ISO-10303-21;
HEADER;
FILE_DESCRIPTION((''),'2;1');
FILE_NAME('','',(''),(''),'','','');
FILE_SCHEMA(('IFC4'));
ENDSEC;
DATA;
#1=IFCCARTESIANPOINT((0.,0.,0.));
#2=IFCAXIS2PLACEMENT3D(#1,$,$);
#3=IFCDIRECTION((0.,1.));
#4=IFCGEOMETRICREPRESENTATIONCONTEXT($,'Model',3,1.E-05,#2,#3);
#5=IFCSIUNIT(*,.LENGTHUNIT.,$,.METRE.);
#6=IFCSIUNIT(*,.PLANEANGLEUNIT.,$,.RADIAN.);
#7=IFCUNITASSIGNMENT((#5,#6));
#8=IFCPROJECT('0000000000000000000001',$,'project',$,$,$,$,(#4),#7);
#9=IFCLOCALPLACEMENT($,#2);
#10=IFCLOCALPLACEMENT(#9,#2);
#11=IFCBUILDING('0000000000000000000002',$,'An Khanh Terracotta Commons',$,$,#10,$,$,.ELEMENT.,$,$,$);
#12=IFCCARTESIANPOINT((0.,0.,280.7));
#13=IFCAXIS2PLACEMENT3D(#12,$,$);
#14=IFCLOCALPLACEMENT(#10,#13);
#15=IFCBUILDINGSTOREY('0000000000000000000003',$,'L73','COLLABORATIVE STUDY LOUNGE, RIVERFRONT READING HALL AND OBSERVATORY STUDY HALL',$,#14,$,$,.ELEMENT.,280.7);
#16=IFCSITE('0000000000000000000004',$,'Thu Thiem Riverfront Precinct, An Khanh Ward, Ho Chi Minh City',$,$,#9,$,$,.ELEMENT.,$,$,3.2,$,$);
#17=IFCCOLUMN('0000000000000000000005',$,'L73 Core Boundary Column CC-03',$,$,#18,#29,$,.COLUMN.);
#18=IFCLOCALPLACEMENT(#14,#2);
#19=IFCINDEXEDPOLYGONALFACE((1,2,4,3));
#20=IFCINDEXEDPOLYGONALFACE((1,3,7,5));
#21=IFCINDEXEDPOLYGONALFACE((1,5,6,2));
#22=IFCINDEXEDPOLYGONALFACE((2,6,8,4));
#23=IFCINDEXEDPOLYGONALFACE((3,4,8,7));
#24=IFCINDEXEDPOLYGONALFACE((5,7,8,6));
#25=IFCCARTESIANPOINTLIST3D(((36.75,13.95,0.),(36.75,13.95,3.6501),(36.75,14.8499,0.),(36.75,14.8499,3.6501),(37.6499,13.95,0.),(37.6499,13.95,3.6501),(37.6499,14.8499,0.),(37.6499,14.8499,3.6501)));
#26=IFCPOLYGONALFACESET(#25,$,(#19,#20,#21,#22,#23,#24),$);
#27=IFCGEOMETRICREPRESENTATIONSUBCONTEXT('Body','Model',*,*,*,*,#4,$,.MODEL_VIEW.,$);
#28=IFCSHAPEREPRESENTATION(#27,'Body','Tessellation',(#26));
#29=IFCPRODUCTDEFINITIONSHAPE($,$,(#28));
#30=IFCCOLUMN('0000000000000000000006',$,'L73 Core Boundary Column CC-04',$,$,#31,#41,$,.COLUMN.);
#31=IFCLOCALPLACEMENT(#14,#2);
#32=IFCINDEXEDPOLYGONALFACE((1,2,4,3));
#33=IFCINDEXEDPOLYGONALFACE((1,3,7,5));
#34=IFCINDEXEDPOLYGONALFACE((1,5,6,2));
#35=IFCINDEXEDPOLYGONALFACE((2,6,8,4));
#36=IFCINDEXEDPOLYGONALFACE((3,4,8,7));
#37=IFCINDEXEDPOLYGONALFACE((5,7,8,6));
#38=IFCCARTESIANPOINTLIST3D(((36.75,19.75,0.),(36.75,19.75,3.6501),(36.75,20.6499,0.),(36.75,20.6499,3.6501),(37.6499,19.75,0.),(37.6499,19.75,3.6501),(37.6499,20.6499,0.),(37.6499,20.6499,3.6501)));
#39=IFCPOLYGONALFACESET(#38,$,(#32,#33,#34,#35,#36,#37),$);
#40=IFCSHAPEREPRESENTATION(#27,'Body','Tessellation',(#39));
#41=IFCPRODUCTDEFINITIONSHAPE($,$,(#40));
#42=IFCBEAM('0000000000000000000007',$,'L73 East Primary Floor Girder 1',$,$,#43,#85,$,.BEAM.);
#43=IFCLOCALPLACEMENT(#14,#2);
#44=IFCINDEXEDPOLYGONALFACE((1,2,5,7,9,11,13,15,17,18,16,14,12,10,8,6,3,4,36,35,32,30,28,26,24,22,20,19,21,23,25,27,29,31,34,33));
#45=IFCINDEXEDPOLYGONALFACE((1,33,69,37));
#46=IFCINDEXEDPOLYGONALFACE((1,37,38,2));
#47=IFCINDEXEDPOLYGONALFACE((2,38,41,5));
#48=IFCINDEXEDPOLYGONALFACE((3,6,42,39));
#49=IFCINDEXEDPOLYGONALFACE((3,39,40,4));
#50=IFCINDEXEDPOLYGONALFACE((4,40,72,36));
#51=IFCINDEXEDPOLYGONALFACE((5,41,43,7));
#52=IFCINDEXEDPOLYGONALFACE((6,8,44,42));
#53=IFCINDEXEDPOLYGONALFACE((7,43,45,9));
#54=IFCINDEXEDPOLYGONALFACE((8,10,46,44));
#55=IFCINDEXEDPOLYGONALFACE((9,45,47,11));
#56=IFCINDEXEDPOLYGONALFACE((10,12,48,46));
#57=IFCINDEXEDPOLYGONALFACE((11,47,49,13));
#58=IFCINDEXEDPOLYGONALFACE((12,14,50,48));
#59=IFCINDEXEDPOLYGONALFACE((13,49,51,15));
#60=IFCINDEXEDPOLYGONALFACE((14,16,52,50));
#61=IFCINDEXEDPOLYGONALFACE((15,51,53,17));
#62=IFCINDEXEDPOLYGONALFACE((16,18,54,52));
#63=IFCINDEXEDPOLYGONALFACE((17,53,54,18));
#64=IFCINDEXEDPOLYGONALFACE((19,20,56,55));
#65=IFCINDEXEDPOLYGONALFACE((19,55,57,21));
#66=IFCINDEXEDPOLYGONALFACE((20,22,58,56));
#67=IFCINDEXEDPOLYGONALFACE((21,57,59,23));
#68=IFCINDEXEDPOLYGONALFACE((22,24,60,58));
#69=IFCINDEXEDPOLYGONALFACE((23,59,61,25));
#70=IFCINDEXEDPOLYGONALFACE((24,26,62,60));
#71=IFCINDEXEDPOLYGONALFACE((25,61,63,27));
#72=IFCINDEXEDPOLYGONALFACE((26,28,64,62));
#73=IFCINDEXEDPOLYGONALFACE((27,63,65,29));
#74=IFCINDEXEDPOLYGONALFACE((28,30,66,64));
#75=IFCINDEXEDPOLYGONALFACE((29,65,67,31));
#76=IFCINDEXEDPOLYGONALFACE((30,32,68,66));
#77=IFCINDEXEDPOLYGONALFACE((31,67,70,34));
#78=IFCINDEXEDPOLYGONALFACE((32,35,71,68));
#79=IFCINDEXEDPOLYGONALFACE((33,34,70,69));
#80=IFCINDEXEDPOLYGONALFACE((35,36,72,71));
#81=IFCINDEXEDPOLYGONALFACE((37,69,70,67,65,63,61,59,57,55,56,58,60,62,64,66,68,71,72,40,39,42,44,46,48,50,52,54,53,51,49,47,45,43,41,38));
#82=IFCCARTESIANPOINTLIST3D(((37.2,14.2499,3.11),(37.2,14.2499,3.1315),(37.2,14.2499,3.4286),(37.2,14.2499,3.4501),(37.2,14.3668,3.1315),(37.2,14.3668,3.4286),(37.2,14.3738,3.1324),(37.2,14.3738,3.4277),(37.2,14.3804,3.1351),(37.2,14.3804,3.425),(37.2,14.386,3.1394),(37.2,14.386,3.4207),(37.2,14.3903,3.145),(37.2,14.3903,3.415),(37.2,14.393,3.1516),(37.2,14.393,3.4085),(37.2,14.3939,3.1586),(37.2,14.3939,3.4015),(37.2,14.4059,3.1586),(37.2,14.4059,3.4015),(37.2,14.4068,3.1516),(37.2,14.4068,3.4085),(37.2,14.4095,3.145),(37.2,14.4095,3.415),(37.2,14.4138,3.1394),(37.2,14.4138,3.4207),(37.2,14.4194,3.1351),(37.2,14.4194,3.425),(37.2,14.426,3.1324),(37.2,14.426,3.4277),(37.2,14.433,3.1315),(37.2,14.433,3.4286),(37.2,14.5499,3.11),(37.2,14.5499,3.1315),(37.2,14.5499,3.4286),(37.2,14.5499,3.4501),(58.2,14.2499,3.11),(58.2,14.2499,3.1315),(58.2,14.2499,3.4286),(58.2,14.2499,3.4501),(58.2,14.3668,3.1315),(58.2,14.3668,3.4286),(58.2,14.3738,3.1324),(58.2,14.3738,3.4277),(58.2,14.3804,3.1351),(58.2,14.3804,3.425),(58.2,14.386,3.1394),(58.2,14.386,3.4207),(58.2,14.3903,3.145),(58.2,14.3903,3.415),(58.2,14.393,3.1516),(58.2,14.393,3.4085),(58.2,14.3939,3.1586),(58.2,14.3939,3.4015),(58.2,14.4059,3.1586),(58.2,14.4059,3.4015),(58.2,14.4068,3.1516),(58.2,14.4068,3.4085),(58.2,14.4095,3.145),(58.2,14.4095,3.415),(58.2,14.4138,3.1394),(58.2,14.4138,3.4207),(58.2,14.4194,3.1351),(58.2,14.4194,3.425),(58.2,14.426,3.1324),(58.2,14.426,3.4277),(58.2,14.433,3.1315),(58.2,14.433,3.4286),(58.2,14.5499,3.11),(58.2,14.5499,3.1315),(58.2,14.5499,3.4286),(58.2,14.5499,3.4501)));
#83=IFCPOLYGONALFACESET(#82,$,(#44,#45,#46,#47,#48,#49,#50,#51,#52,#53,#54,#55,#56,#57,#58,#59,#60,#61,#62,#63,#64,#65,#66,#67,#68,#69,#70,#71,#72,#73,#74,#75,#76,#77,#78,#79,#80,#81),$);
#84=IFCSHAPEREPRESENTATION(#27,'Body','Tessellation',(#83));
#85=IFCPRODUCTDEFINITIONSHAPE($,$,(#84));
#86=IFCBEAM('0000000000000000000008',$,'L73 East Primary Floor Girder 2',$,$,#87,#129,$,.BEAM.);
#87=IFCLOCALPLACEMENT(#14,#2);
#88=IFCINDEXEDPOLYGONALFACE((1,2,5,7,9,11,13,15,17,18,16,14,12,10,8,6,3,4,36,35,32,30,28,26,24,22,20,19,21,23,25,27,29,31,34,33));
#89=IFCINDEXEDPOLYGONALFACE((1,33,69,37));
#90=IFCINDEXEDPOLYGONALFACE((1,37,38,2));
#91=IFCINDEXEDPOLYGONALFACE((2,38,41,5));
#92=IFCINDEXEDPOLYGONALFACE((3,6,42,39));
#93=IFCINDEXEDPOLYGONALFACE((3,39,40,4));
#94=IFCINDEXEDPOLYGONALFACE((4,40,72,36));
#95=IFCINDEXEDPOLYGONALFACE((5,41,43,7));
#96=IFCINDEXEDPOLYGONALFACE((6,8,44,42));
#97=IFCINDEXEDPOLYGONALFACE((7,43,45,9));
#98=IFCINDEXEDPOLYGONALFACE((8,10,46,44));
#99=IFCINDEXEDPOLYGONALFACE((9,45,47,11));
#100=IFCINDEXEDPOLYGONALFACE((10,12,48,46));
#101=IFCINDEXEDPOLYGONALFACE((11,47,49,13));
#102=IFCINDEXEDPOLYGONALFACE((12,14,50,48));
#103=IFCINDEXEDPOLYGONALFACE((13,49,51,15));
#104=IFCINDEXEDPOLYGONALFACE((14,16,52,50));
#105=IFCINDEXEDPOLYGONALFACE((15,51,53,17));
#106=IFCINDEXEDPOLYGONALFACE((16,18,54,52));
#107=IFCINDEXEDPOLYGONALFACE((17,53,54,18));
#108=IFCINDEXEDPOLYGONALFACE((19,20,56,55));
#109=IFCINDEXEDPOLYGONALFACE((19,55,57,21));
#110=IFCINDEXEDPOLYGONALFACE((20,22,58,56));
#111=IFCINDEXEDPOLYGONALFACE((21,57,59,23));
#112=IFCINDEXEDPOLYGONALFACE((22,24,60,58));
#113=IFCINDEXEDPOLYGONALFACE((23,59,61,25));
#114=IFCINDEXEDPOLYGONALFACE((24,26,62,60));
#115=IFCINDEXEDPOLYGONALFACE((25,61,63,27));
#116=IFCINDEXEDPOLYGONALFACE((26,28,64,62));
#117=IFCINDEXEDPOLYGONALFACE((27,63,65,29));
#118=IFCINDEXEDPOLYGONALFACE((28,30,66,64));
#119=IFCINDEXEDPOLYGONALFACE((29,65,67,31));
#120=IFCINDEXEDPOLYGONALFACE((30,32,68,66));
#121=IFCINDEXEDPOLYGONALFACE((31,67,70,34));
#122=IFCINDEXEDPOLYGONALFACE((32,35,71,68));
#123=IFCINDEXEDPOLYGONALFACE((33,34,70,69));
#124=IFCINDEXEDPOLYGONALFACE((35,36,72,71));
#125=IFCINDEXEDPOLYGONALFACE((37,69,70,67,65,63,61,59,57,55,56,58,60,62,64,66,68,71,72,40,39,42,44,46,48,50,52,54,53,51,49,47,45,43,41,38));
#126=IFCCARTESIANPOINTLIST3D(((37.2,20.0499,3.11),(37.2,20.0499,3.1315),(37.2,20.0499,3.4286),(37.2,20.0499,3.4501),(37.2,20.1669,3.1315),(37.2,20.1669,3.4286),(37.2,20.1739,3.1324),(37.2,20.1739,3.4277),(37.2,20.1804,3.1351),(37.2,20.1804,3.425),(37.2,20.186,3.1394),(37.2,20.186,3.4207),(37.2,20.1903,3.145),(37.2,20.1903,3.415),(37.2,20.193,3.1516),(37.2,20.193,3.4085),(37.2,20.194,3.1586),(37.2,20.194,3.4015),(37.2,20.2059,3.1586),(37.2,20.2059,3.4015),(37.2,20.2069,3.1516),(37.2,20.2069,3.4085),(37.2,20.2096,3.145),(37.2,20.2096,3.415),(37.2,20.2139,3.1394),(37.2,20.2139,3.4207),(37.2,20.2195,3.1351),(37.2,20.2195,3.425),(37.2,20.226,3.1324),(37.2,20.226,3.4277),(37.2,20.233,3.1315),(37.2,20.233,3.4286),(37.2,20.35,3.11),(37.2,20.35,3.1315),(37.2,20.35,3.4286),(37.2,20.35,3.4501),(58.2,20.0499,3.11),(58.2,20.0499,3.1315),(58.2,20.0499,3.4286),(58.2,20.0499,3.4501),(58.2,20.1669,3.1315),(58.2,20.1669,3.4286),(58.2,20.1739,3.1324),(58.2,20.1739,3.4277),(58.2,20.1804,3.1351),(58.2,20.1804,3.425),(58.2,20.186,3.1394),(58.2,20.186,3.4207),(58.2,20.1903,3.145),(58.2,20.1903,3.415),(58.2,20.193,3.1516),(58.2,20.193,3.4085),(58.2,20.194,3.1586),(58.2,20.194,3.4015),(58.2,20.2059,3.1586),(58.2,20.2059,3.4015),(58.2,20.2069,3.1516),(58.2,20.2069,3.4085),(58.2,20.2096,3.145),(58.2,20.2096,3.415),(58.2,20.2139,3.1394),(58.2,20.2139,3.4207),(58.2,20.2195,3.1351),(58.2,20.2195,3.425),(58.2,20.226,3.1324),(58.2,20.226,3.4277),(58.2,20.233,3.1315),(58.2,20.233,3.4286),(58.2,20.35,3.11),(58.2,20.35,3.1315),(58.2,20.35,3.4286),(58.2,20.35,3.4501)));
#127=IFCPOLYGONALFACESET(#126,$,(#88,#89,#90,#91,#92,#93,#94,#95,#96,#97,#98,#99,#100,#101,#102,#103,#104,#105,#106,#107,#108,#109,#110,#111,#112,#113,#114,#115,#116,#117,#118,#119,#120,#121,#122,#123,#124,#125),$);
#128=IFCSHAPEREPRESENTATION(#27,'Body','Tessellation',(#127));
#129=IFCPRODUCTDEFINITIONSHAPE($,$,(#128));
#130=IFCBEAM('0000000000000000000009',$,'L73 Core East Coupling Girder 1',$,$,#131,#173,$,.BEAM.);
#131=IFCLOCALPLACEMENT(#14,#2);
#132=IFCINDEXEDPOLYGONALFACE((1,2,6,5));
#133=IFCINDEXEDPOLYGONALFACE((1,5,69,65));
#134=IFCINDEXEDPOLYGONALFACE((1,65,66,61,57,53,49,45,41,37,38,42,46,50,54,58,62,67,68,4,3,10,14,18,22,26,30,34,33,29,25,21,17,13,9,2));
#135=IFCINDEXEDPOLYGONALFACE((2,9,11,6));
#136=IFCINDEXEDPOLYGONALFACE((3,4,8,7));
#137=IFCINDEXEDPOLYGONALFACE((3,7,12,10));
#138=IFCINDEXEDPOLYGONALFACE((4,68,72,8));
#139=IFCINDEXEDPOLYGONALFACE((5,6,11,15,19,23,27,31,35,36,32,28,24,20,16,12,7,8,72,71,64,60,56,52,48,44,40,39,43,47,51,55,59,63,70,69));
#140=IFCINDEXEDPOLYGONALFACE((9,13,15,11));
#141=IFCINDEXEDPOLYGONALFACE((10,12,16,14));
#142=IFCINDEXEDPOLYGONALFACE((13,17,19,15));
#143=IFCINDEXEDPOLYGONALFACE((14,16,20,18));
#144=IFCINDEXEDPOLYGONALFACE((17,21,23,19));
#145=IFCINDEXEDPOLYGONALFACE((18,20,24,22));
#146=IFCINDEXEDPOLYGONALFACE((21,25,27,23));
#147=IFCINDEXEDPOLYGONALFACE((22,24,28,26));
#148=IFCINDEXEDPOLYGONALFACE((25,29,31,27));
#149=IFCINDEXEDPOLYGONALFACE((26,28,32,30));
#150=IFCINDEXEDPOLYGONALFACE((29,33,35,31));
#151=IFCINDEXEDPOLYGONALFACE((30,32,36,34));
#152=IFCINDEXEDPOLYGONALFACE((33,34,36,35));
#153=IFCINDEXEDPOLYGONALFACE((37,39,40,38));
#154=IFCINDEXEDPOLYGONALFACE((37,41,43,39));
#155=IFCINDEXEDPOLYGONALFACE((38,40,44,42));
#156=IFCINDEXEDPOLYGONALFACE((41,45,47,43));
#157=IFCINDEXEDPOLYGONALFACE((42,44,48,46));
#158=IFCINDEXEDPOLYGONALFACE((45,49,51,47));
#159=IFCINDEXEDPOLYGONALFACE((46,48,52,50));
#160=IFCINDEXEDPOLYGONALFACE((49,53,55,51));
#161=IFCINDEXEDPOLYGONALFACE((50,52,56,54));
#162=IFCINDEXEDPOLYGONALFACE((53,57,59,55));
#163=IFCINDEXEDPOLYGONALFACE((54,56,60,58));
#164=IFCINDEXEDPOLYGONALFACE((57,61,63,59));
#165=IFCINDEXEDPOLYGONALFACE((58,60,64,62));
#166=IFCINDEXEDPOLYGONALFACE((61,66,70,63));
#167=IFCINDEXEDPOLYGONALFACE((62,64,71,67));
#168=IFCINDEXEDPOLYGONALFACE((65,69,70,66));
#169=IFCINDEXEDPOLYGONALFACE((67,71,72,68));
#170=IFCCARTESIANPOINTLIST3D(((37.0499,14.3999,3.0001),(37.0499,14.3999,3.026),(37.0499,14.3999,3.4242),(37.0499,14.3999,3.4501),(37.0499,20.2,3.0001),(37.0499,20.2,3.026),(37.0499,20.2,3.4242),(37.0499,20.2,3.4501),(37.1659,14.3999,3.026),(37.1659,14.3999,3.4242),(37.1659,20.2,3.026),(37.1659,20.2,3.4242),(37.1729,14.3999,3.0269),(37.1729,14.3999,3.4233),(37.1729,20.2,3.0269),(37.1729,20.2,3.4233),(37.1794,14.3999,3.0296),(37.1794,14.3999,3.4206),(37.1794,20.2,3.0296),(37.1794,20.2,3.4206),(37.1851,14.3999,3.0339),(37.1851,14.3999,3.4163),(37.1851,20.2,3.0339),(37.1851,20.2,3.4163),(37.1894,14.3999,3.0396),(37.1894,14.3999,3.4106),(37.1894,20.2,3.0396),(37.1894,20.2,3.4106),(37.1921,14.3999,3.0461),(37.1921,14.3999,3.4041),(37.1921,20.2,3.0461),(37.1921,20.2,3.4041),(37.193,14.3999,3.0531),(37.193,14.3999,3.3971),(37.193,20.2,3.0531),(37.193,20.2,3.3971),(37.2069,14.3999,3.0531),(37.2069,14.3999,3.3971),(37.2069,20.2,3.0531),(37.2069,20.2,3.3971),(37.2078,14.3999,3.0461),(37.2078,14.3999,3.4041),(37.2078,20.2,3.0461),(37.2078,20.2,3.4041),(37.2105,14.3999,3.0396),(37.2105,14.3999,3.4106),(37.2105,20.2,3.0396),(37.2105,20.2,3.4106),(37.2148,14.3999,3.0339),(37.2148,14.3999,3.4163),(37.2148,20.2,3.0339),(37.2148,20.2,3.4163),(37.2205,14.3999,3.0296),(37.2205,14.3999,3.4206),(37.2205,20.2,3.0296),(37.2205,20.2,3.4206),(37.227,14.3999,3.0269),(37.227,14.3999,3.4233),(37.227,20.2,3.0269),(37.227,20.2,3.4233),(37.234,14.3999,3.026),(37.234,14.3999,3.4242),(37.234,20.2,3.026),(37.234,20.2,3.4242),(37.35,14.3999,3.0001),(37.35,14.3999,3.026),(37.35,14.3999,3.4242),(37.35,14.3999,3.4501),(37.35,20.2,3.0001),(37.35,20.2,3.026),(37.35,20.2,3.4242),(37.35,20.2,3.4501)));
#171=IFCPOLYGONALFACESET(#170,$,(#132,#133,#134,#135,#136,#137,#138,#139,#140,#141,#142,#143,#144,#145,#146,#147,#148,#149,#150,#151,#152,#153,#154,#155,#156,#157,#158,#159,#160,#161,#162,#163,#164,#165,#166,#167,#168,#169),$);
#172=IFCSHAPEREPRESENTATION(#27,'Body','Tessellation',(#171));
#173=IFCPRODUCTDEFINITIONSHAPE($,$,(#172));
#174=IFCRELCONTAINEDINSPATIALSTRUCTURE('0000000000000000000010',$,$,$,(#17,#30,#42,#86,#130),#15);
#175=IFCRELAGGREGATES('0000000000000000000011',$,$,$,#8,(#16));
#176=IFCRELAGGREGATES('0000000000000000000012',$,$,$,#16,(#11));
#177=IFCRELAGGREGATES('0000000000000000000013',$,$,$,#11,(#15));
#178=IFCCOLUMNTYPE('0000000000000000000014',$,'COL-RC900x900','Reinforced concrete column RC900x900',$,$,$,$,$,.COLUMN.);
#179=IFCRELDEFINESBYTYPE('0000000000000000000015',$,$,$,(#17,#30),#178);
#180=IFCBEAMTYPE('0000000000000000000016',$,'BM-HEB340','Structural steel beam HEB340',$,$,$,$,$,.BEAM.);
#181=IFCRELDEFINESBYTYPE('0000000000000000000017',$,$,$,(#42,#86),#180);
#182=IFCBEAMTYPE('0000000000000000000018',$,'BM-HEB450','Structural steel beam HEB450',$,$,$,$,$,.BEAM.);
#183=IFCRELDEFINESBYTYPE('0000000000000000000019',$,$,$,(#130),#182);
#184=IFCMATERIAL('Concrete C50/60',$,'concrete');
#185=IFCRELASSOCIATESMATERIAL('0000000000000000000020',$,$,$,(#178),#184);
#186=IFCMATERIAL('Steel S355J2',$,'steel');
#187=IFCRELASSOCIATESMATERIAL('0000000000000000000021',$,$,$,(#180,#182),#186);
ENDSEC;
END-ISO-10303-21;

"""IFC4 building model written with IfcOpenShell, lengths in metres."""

from ifc_helpers import new_model, si_unit, direction, frame, origin, origin_2d, place, context, subcontext, project, spatial, rectangle, i_section, extrude, material, material_profile, profile_set, type_object, element, save


model = new_model("IFC4")

# Units and contexts
model_context = context("Model", 3, precision=1e-05, world=origin(), true_north=direction((0.0, 1.0)))
body_context = subcontext(model_context, "Body", "Model", "MODEL_VIEW")
ifc_project = project(units=[si_unit("LENGTHUNIT", "METRE"), si_unit("PLANEANGLEUNIT", "RADIAN")], contexts=[model_context])

# Site, building, storey
site_placement = place(None, origin())
site = spatial("IfcSite", under=ifc_project, at=site_placement, Name="Thu Thiem Riverfront Precinct, An Khanh Ward, Ho Chi Minh City", CompositionType="ELEMENT", RefElevation=3.2)
building_placement = place(site_placement, origin())
building = spatial("IfcBuilding", under=site, at=building_placement, Name="An Khanh Terracotta Commons", CompositionType="ELEMENT")
storey_placement = place(building_placement, frame((0.0, 0.0, 280.7)))
storey = spatial("IfcBuildingStorey", under=building, at=storey_placement, Name="L73", Description="COLLABORATIVE STUDY LOUNGE, RIVERFRONT READING HALL AND OBSERVATORY STUDY HALL", CompositionType="ELEMENT", Elevation=280.7)

# Columns
ifc_material_1 = material(Name="Concrete C50/60", Category="concrete")
ifc_material_profile_1 = material_profile(ifc_material_1, rectangle(XDim=0.8999, YDim=0.8999, at=origin_2d()), Name="RC900x900")
ifc_profile_set_1 = profile_set([ifc_material_profile_1], Name="Concrete C50/60")
column_type = type_object("IfcColumnType", Name="COL-RC900x900", Description="Reinforced concrete column RC900x900", PredefinedType="COLUMN", material=ifc_profile_set_1)
for number, where, z_axis, x_axis, name in (
    (1, (37.2, 14.3999, 0.0), (0.0, 0.0, 1.0), (1.0, 0.0, 0.0), "L73 Core Boundary Column CC-03"),
    (2, (37.2, 20.2, 0.0), (0.0, 0.0, 1.0), (1.0, 0.0, 0.0), "L73 Core Boundary Column CC-04"),
):
    element("IfcColumn", number, at=place(storey_placement, frame(where, z_axis=z_axis, x_axis=x_axis)), inside=storey, type_object=column_type, Name=name, PredefinedType="COLUMN", context=body_context, shape_type="SweptSolid", body=[
        extrude(rectangle(XDim=0.8999, YDim=0.8999, at=origin_2d()), origin(), (0.0, 0.0, 1.0), 3.6501),
    ])

# Beams
ifc_material_2 = material(Name="Steel S355J2", Category="steel")
ifc_material_profile_2 = material_profile(ifc_material_2, i_section(OverallWidth=0.3, OverallDepth=0.3401, WebThickness=0.012, FlangeThickness=0.0215, FilletRadius=0.0271, at=origin_2d()), Name="HEB340")
ifc_profile_set_2 = profile_set([ifc_material_profile_2], Name="Steel S355J2")
beam_type_1 = type_object("IfcBeamType", Name="BM-HEB340", Description="Structural steel beam HEB340", PredefinedType="BEAM", material=ifc_profile_set_2)
for number, where, z_axis, x_axis, name in (
    (3, (37.2, 14.3999, 3.28), (1.0, 0.0, 0.0), (0.0, 1.0, 0.0), "L73 East Primary Floor Girder 1"),
    (4, (37.2, 20.2, 3.28), (1.0, 0.0, 0.0), (0.0, 1.0, 0.0), "L73 East Primary Floor Girder 2"),
):
    element("IfcBeam", number, at=place(storey_placement, frame(where, z_axis=z_axis, x_axis=x_axis)), inside=storey, type_object=beam_type_1, Name=name, PredefinedType="BEAM", context=body_context, shape_type="SweptSolid", body=[
        extrude(i_section(OverallWidth=0.3, OverallDepth=0.3401, WebThickness=0.012, FlangeThickness=0.0215, FilletRadius=0.0271, at=origin_2d()), origin(), (0.0, 0.0, 1.0), 21.0),
    ])
ifc_material_profile_3 = material_profile(ifc_material_2, i_section(OverallWidth=0.3, OverallDepth=0.45, WebThickness=0.0139, FlangeThickness=0.0259, FilletRadius=0.0271, at=origin_2d()), Name="HEB450")
ifc_profile_set_3 = profile_set([ifc_material_profile_3], Name="Steel S355J2")
beam_type_2 = type_object("IfcBeamType", Name="BM-HEB450", Description="Structural steel beam HEB450", PredefinedType="BEAM", material=ifc_profile_set_3)
beam_1_placement = place(storey_placement, frame((37.2, 14.3999, 3.2251), z_axis=(0.0, 1.0, 0.0), x_axis=(-1.0, 0.0, 0.0)))
element("IfcBeam", 5, at=beam_1_placement, inside=storey, type_object=beam_type_2, Name="L73 Core East Coupling Girder 1", PredefinedType="BEAM", context=body_context, shape_type="SweptSolid", body=[
    extrude(i_section(OverallWidth=0.3, OverallDepth=0.45, WebThickness=0.0139, FlangeThickness=0.0259, FilletRadius=0.0271, at=origin_2d()), origin(), (0.0, 0.0, 1.0), 5.8),
])

save(model, "model.ifc")
